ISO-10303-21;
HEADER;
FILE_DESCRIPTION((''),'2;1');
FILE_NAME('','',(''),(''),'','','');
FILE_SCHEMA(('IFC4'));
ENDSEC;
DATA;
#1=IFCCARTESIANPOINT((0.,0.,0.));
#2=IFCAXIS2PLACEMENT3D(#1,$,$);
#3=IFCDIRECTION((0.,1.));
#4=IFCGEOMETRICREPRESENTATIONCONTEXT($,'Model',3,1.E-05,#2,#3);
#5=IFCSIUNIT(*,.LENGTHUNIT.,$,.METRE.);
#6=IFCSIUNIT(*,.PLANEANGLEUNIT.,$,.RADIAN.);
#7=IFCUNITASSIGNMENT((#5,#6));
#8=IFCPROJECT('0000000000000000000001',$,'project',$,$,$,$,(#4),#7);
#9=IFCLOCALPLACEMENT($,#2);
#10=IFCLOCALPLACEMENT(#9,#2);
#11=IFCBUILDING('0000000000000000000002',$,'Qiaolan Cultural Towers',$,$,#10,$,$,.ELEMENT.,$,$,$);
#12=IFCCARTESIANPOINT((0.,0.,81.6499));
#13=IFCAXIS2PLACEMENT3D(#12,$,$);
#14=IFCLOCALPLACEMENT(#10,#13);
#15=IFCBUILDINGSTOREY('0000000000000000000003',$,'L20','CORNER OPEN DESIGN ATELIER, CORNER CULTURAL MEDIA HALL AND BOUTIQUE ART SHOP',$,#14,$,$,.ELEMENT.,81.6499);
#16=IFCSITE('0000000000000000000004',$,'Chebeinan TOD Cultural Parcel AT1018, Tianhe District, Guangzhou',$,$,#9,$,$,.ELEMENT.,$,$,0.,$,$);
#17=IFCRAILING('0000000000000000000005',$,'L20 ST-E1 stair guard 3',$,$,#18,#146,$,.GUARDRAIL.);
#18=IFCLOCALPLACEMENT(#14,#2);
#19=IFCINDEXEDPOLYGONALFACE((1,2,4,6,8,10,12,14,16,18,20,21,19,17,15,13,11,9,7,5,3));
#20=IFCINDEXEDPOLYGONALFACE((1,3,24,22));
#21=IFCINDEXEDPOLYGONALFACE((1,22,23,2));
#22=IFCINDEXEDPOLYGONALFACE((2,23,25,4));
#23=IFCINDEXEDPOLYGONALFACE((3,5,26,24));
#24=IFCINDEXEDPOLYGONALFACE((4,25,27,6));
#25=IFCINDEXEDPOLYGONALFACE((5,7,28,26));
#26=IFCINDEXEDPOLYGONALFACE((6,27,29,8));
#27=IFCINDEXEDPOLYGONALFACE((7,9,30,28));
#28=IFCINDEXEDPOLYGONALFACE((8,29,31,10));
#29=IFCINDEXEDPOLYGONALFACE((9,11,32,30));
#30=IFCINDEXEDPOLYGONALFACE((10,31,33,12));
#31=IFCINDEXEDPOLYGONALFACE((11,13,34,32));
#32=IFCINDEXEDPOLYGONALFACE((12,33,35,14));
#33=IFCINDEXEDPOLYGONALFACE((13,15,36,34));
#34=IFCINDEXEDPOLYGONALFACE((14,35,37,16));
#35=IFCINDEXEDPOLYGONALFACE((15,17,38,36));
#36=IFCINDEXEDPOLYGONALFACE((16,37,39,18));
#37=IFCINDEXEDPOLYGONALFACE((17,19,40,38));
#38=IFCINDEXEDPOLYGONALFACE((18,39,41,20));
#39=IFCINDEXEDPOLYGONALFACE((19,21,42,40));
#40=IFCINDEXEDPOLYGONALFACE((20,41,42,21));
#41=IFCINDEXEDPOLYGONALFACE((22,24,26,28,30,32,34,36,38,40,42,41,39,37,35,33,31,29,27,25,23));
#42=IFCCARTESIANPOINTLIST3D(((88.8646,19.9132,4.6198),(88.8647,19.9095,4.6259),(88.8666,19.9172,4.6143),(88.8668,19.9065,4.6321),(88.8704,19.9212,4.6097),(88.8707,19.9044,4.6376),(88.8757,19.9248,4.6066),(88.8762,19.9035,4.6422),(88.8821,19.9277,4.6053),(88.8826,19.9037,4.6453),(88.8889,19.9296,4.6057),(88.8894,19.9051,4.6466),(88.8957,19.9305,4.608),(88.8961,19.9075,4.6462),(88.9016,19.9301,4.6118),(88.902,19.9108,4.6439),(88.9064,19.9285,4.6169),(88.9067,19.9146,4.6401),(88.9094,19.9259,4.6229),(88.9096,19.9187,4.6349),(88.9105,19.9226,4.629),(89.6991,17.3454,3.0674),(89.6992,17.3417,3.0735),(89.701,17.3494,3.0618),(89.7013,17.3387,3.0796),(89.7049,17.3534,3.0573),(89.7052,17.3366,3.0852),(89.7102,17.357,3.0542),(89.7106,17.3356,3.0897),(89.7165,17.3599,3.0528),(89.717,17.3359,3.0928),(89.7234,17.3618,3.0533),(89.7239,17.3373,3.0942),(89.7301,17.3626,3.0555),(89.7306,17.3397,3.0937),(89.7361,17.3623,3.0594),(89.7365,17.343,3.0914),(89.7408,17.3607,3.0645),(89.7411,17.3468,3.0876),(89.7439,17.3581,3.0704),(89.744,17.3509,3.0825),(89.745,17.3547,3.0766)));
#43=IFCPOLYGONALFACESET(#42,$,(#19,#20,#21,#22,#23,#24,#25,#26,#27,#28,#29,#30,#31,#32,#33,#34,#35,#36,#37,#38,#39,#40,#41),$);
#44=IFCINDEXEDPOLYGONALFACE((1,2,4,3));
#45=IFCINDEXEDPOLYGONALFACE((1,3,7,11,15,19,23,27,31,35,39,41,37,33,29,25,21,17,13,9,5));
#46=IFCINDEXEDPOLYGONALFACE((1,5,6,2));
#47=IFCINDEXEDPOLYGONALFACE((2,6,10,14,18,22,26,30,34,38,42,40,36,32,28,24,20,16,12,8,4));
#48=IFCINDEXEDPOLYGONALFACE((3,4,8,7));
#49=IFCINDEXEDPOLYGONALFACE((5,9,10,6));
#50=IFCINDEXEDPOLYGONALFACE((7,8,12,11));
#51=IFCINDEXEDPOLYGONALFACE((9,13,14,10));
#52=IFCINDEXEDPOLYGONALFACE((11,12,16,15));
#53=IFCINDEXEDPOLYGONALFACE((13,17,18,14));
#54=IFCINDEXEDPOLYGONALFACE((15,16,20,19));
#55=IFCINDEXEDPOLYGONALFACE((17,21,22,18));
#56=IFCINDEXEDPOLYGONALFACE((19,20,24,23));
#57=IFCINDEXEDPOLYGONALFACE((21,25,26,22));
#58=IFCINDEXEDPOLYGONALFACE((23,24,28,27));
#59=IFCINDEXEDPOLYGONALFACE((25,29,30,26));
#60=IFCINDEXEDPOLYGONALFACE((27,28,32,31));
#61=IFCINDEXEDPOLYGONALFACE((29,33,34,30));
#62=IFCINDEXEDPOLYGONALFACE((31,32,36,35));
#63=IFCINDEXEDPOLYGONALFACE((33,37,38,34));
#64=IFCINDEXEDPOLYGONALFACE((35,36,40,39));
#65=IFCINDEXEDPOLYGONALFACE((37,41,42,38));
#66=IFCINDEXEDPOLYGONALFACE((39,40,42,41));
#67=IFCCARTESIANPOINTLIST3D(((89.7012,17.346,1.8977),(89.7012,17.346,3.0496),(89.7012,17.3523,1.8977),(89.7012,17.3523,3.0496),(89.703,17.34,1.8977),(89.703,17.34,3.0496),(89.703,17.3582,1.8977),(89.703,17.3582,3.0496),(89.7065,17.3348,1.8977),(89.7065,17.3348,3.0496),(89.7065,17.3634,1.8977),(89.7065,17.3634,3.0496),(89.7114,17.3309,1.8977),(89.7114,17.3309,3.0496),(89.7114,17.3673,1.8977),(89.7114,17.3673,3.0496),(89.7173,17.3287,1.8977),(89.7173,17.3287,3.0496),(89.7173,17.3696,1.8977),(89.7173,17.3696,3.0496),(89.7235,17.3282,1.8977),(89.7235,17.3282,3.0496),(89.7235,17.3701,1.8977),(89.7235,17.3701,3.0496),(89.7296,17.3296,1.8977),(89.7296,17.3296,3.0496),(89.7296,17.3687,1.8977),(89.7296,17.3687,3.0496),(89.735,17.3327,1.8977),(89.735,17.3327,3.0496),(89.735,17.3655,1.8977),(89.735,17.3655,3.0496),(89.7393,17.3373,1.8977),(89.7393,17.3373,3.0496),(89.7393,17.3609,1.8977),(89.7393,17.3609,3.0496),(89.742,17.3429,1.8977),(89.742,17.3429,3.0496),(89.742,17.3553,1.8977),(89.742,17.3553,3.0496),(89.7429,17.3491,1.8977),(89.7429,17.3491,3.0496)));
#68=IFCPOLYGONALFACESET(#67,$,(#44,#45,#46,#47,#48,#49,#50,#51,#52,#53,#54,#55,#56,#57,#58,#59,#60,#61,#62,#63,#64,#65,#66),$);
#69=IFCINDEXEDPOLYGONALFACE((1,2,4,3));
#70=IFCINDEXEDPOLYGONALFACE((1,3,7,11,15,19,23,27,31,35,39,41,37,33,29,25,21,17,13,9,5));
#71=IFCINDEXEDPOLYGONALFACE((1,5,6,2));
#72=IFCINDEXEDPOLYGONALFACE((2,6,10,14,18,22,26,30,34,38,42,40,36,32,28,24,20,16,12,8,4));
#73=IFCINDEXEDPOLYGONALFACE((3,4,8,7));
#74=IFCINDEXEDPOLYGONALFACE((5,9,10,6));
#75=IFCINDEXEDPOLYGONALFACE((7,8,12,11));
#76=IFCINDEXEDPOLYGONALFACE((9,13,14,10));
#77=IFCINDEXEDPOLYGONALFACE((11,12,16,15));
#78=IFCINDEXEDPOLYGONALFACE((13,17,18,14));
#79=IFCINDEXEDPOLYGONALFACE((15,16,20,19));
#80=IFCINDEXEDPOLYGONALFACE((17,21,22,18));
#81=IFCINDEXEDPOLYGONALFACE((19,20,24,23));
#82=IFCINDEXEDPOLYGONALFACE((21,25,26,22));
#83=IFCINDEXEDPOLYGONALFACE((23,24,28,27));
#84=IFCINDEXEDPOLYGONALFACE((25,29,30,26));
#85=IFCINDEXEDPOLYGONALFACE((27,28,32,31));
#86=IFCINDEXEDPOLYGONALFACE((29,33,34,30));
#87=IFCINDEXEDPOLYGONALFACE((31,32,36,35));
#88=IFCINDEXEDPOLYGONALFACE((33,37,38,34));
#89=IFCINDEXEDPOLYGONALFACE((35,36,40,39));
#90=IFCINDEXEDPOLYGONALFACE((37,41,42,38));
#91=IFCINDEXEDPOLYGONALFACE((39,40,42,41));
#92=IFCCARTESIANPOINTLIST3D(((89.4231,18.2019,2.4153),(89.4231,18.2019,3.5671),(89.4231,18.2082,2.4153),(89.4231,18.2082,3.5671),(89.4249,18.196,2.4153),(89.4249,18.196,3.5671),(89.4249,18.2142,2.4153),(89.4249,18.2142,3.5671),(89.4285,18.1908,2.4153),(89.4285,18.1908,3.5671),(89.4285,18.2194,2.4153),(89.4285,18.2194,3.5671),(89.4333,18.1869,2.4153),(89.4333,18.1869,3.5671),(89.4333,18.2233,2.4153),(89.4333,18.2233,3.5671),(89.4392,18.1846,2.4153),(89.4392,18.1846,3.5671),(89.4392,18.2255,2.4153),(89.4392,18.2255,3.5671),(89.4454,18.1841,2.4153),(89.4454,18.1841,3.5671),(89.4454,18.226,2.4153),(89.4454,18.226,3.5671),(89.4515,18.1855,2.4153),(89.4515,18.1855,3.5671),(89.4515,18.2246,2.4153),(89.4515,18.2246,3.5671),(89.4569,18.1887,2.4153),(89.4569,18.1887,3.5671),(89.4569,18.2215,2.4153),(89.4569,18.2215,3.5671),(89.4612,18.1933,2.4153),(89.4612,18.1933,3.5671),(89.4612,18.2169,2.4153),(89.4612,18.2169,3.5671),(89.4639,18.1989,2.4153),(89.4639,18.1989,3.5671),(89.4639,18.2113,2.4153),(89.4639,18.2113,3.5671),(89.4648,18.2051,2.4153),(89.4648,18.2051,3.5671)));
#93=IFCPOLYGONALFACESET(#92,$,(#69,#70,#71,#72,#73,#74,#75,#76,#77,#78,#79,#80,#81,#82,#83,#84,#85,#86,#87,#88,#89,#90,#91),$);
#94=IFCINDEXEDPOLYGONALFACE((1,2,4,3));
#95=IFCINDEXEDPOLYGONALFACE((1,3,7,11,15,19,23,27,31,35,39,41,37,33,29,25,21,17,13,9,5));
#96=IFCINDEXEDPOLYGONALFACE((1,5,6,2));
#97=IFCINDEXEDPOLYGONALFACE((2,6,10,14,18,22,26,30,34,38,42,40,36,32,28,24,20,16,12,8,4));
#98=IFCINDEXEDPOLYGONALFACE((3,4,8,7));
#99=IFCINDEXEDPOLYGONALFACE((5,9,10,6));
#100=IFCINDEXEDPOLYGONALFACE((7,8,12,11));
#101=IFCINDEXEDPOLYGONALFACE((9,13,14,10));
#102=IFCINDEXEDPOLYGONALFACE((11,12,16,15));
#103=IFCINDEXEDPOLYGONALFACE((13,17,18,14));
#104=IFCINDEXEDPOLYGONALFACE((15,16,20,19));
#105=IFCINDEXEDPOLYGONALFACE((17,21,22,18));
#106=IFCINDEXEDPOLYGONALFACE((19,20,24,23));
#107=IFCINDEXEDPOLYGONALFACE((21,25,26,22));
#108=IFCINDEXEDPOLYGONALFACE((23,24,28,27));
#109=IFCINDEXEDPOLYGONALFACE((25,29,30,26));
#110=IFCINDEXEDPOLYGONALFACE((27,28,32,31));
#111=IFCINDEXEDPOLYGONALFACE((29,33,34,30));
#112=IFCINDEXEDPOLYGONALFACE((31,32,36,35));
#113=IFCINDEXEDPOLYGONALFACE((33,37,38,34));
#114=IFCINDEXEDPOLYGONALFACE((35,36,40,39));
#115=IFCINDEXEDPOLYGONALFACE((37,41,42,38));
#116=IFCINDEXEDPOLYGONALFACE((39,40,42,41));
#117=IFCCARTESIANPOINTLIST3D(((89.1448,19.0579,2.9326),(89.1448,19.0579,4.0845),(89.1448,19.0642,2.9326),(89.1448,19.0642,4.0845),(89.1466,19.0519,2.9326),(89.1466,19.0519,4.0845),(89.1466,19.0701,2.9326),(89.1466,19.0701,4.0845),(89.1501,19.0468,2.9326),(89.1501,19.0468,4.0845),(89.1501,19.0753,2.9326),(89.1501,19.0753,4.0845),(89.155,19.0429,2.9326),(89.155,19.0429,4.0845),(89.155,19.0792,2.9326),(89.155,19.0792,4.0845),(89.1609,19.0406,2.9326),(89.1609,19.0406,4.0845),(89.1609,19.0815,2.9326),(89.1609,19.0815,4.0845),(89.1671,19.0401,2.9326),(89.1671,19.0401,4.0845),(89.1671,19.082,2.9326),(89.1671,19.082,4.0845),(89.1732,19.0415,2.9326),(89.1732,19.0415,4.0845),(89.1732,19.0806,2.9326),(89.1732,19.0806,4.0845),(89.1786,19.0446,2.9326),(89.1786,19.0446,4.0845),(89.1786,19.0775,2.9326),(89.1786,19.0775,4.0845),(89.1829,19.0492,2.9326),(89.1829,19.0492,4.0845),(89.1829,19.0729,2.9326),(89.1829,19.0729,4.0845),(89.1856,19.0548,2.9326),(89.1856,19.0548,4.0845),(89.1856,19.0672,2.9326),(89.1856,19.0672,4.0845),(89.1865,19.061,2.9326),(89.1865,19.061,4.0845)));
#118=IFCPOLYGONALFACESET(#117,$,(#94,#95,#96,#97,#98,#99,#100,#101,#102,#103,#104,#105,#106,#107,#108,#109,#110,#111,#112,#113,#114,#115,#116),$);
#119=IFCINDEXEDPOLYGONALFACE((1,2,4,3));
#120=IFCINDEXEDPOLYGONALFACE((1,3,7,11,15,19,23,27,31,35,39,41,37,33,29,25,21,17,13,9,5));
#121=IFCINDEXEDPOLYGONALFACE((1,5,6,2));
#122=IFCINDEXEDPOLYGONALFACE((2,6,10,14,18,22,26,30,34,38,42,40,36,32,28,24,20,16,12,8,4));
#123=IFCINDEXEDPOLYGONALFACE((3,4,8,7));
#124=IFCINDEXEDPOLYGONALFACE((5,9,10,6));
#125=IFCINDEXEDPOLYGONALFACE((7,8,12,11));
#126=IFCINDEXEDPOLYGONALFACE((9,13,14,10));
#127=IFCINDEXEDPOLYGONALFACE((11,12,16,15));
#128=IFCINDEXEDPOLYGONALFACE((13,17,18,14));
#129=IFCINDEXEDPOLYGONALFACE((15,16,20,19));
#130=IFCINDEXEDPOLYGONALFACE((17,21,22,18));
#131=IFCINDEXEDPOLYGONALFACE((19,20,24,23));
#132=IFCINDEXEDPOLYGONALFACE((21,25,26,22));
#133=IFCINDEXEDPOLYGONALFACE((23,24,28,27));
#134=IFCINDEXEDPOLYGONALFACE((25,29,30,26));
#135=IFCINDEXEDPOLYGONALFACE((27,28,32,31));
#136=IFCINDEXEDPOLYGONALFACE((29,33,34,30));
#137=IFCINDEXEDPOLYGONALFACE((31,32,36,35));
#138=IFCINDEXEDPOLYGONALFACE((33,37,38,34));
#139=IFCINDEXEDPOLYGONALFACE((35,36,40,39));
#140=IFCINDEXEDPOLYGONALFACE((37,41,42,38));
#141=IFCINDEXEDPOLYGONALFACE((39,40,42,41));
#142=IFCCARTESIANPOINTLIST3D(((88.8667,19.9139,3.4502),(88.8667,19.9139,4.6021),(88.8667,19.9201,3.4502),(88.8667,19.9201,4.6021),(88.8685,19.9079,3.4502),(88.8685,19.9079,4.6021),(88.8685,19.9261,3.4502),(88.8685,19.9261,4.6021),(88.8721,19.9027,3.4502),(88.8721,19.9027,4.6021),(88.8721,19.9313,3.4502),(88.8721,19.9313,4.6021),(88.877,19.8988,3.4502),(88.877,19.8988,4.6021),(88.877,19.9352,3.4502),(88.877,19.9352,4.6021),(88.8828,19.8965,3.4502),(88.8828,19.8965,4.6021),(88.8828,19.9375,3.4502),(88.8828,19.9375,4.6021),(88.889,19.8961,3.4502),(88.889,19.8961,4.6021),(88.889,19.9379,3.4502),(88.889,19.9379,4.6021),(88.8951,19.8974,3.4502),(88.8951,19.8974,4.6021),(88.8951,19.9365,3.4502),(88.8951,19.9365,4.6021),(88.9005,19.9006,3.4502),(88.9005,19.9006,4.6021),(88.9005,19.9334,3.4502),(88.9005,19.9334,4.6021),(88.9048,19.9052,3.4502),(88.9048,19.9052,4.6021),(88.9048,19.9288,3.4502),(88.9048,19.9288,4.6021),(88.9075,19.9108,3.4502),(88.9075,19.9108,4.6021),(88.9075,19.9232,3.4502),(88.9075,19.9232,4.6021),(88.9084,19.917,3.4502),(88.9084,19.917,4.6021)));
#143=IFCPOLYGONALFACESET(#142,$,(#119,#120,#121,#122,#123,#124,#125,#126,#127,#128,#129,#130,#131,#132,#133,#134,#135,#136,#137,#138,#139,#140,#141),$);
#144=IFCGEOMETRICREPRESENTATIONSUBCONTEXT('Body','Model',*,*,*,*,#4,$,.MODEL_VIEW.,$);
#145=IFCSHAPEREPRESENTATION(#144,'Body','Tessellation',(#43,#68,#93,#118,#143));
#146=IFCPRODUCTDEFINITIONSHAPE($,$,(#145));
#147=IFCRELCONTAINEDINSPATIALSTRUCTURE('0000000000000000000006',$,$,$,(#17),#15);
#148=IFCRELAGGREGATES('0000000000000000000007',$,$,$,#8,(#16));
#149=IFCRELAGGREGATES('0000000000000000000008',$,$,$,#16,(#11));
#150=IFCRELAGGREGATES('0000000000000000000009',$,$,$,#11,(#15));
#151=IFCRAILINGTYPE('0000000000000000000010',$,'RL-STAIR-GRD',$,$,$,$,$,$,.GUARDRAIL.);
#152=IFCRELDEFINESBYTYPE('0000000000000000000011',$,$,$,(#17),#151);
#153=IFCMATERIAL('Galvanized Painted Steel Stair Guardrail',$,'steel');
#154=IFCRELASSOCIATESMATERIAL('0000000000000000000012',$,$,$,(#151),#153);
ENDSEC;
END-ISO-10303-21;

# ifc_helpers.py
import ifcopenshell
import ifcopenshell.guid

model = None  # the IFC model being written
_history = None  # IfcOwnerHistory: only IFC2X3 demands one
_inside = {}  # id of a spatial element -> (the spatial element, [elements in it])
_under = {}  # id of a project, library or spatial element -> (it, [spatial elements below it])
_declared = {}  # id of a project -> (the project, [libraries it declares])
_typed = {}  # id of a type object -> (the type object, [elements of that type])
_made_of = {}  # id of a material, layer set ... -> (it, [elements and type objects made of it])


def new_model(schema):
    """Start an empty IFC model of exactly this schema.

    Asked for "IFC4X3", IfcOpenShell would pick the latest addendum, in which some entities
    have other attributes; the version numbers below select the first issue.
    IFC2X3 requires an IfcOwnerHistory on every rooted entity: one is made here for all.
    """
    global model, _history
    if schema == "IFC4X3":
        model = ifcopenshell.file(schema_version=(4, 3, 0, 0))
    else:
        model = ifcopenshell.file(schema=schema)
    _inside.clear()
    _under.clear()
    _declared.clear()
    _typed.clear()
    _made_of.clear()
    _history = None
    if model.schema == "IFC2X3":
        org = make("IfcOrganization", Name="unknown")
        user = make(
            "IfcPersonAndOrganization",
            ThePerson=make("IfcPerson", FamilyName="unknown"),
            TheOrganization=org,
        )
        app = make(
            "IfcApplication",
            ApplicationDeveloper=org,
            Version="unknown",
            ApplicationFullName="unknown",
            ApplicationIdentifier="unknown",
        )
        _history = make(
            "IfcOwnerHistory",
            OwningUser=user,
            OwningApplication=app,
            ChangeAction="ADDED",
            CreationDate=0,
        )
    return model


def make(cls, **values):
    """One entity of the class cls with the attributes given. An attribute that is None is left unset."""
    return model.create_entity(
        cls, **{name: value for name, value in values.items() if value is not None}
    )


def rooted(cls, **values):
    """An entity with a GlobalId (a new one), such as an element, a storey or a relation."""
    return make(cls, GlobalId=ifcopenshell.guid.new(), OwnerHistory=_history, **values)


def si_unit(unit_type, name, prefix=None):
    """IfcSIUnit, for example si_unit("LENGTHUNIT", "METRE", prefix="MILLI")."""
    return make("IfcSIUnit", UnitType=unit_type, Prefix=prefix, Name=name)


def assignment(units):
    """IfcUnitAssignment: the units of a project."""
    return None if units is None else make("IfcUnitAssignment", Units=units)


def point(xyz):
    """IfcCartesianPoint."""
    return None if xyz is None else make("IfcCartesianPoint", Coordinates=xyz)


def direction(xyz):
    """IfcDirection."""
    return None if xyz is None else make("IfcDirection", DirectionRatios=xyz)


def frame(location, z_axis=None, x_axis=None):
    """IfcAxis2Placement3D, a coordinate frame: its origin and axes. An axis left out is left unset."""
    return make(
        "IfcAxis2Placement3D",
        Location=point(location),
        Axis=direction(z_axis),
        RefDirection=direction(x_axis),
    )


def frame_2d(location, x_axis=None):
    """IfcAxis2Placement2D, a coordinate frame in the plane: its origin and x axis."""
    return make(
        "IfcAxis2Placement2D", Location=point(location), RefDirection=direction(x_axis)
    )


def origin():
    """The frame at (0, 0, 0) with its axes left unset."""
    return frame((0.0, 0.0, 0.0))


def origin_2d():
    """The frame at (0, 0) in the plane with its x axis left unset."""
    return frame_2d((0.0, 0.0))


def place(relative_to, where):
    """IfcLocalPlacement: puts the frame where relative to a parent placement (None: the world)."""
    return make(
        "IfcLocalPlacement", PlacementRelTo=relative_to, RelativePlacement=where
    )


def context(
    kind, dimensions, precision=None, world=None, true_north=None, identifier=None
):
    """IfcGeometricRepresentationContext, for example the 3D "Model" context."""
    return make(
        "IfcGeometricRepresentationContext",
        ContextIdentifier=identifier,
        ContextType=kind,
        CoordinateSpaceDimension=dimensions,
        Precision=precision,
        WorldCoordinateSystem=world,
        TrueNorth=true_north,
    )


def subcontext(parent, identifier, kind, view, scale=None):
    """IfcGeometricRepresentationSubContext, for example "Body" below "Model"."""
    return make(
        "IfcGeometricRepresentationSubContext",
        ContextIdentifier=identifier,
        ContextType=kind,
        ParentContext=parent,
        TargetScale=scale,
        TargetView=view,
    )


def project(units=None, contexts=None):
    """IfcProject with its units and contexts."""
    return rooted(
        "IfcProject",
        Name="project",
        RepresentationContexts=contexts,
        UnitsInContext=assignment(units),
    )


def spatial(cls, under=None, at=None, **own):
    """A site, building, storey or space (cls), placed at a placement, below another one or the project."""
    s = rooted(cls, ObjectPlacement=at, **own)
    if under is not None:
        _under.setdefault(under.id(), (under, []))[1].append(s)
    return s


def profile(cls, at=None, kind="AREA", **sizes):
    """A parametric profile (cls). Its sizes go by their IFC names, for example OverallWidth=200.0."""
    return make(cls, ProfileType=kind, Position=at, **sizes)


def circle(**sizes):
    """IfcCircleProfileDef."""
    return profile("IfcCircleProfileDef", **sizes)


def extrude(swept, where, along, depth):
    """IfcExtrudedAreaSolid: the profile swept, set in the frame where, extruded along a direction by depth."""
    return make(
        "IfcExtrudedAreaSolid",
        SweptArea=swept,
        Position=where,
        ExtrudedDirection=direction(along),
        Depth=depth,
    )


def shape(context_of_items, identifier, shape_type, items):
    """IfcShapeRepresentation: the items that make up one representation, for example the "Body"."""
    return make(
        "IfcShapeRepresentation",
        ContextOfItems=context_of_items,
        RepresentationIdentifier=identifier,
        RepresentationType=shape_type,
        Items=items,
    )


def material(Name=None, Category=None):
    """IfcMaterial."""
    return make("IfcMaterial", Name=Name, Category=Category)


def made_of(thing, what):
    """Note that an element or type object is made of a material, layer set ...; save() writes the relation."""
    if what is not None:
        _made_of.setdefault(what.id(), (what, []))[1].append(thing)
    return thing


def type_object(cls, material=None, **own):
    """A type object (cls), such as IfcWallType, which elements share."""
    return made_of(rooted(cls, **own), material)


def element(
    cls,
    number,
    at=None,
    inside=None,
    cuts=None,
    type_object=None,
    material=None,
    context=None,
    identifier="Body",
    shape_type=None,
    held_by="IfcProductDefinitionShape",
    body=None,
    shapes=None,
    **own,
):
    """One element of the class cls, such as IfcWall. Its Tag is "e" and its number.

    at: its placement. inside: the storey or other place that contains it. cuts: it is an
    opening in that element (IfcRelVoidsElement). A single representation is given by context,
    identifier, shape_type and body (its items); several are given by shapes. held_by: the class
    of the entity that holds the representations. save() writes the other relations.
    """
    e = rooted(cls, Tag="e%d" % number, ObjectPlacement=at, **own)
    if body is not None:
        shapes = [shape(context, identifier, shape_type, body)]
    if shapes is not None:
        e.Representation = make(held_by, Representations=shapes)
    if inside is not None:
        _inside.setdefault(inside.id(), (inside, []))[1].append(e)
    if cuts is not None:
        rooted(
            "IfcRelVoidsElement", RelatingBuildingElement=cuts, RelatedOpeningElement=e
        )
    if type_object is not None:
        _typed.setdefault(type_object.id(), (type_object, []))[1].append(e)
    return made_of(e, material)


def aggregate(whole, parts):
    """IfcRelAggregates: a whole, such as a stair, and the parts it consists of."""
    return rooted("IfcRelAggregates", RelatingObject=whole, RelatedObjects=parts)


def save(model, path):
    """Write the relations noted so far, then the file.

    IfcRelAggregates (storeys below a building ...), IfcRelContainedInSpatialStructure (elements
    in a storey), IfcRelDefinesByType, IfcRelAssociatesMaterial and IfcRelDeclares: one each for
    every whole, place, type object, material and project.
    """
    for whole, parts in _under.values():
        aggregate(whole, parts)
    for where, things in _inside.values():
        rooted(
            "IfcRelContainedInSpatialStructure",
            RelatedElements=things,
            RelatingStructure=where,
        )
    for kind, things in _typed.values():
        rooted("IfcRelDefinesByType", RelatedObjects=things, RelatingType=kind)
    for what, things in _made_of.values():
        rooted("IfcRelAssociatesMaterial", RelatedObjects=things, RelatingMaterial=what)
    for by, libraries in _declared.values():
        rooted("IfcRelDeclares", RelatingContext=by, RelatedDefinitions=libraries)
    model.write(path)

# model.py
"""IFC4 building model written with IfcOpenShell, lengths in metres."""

from ifc_helpers import new_model, si_unit, direction, frame, origin, origin_2d, place, context, subcontext, project, spatial, circle, extrude, material, type_object, element, save


model = new_model("IFC4")

# Units and contexts
model_context = context("Model", 3, precision=1e-05, world=origin(), true_north=direction((0.0, 1.0)))
body_context = subcontext(model_context, "Body", "Model", "MODEL_VIEW")
ifc_project = project(units=[si_unit("LENGTHUNIT", "METRE"), si_unit("PLANEANGLEUNIT", "RADIAN")], contexts=[model_context])

# Site, building, storey
site_placement = place(None, origin())
site = spatial("IfcSite", under=ifc_project, at=site_placement, Name="Chebeinan TOD Cultural Parcel AT1018, Tianhe District, Guangzhou", CompositionType="ELEMENT", RefElevation=0.0)
building_placement = place(site_placement, origin())
building = spatial("IfcBuilding", under=site, at=building_placement, Name="Qiaolan Cultural Towers", CompositionType="ELEMENT")
storey_placement = place(building_placement, frame((0.0, 0.0, 81.6499)))
storey = spatial("IfcBuildingStorey", under=building, at=storey_placement, Name="L20", Description="CORNER OPEN DESIGN ATELIER, CORNER CULTURAL MEDIA HALL AND BOUTIQUE ART SHOP", CompositionType="ELEMENT", Elevation=81.6499)

# Railing
ifc_material_1 = material(Name="Galvanized Painted Steel Stair Guardrail", Category="steel")
railing_type_1 = type_object("IfcRailingType", Name="RL-STAIR-GRD", PredefinedType="GUARDRAIL", material=ifc_material_1)
railing_1_placement = place(storey_placement, frame((89.7219, 17.3491, 1.8977)))
element("IfcRailing", 1, at=railing_1_placement, inside=storey, type_object=railing_type_1, Name="L20 ST-E1 stair guard 3", PredefinedType="GUARDRAIL", context=body_context, shape_type="SweptSolid", body=[
    extrude(circle(Radius=0.0239, at=origin_2d()), frame((0.0, 0.0, 1.1758), z_axis=(-0.267926, 0.824471, 0.498461), x_axis=(-0.951043, -0.309057, 0.0)), (0.0, 0.0, 1.0), 3.1145),
    extrude(circle(Radius=0.021, at=origin_2d()), origin(), (0.0, 0.0, 1.0), 1.1519),
    extrude(circle(Radius=0.021, at=origin_2d()), frame((-0.2781, 0.856, 0.5176)), (0.0, 0.0, 1.0), 1.1519),
    extrude(circle(Radius=0.021, at=origin_2d()), frame((-0.5564, 1.7119, 1.0349)), (0.0, 0.0, 1.0), 1.1519),
    extrude(circle(Radius=0.021, at=origin_2d()), frame((-0.8345, 2.5679, 1.5525)), (0.0, 0.0, 1.0), 1.1519),
])

save(model, "model.ifc")
